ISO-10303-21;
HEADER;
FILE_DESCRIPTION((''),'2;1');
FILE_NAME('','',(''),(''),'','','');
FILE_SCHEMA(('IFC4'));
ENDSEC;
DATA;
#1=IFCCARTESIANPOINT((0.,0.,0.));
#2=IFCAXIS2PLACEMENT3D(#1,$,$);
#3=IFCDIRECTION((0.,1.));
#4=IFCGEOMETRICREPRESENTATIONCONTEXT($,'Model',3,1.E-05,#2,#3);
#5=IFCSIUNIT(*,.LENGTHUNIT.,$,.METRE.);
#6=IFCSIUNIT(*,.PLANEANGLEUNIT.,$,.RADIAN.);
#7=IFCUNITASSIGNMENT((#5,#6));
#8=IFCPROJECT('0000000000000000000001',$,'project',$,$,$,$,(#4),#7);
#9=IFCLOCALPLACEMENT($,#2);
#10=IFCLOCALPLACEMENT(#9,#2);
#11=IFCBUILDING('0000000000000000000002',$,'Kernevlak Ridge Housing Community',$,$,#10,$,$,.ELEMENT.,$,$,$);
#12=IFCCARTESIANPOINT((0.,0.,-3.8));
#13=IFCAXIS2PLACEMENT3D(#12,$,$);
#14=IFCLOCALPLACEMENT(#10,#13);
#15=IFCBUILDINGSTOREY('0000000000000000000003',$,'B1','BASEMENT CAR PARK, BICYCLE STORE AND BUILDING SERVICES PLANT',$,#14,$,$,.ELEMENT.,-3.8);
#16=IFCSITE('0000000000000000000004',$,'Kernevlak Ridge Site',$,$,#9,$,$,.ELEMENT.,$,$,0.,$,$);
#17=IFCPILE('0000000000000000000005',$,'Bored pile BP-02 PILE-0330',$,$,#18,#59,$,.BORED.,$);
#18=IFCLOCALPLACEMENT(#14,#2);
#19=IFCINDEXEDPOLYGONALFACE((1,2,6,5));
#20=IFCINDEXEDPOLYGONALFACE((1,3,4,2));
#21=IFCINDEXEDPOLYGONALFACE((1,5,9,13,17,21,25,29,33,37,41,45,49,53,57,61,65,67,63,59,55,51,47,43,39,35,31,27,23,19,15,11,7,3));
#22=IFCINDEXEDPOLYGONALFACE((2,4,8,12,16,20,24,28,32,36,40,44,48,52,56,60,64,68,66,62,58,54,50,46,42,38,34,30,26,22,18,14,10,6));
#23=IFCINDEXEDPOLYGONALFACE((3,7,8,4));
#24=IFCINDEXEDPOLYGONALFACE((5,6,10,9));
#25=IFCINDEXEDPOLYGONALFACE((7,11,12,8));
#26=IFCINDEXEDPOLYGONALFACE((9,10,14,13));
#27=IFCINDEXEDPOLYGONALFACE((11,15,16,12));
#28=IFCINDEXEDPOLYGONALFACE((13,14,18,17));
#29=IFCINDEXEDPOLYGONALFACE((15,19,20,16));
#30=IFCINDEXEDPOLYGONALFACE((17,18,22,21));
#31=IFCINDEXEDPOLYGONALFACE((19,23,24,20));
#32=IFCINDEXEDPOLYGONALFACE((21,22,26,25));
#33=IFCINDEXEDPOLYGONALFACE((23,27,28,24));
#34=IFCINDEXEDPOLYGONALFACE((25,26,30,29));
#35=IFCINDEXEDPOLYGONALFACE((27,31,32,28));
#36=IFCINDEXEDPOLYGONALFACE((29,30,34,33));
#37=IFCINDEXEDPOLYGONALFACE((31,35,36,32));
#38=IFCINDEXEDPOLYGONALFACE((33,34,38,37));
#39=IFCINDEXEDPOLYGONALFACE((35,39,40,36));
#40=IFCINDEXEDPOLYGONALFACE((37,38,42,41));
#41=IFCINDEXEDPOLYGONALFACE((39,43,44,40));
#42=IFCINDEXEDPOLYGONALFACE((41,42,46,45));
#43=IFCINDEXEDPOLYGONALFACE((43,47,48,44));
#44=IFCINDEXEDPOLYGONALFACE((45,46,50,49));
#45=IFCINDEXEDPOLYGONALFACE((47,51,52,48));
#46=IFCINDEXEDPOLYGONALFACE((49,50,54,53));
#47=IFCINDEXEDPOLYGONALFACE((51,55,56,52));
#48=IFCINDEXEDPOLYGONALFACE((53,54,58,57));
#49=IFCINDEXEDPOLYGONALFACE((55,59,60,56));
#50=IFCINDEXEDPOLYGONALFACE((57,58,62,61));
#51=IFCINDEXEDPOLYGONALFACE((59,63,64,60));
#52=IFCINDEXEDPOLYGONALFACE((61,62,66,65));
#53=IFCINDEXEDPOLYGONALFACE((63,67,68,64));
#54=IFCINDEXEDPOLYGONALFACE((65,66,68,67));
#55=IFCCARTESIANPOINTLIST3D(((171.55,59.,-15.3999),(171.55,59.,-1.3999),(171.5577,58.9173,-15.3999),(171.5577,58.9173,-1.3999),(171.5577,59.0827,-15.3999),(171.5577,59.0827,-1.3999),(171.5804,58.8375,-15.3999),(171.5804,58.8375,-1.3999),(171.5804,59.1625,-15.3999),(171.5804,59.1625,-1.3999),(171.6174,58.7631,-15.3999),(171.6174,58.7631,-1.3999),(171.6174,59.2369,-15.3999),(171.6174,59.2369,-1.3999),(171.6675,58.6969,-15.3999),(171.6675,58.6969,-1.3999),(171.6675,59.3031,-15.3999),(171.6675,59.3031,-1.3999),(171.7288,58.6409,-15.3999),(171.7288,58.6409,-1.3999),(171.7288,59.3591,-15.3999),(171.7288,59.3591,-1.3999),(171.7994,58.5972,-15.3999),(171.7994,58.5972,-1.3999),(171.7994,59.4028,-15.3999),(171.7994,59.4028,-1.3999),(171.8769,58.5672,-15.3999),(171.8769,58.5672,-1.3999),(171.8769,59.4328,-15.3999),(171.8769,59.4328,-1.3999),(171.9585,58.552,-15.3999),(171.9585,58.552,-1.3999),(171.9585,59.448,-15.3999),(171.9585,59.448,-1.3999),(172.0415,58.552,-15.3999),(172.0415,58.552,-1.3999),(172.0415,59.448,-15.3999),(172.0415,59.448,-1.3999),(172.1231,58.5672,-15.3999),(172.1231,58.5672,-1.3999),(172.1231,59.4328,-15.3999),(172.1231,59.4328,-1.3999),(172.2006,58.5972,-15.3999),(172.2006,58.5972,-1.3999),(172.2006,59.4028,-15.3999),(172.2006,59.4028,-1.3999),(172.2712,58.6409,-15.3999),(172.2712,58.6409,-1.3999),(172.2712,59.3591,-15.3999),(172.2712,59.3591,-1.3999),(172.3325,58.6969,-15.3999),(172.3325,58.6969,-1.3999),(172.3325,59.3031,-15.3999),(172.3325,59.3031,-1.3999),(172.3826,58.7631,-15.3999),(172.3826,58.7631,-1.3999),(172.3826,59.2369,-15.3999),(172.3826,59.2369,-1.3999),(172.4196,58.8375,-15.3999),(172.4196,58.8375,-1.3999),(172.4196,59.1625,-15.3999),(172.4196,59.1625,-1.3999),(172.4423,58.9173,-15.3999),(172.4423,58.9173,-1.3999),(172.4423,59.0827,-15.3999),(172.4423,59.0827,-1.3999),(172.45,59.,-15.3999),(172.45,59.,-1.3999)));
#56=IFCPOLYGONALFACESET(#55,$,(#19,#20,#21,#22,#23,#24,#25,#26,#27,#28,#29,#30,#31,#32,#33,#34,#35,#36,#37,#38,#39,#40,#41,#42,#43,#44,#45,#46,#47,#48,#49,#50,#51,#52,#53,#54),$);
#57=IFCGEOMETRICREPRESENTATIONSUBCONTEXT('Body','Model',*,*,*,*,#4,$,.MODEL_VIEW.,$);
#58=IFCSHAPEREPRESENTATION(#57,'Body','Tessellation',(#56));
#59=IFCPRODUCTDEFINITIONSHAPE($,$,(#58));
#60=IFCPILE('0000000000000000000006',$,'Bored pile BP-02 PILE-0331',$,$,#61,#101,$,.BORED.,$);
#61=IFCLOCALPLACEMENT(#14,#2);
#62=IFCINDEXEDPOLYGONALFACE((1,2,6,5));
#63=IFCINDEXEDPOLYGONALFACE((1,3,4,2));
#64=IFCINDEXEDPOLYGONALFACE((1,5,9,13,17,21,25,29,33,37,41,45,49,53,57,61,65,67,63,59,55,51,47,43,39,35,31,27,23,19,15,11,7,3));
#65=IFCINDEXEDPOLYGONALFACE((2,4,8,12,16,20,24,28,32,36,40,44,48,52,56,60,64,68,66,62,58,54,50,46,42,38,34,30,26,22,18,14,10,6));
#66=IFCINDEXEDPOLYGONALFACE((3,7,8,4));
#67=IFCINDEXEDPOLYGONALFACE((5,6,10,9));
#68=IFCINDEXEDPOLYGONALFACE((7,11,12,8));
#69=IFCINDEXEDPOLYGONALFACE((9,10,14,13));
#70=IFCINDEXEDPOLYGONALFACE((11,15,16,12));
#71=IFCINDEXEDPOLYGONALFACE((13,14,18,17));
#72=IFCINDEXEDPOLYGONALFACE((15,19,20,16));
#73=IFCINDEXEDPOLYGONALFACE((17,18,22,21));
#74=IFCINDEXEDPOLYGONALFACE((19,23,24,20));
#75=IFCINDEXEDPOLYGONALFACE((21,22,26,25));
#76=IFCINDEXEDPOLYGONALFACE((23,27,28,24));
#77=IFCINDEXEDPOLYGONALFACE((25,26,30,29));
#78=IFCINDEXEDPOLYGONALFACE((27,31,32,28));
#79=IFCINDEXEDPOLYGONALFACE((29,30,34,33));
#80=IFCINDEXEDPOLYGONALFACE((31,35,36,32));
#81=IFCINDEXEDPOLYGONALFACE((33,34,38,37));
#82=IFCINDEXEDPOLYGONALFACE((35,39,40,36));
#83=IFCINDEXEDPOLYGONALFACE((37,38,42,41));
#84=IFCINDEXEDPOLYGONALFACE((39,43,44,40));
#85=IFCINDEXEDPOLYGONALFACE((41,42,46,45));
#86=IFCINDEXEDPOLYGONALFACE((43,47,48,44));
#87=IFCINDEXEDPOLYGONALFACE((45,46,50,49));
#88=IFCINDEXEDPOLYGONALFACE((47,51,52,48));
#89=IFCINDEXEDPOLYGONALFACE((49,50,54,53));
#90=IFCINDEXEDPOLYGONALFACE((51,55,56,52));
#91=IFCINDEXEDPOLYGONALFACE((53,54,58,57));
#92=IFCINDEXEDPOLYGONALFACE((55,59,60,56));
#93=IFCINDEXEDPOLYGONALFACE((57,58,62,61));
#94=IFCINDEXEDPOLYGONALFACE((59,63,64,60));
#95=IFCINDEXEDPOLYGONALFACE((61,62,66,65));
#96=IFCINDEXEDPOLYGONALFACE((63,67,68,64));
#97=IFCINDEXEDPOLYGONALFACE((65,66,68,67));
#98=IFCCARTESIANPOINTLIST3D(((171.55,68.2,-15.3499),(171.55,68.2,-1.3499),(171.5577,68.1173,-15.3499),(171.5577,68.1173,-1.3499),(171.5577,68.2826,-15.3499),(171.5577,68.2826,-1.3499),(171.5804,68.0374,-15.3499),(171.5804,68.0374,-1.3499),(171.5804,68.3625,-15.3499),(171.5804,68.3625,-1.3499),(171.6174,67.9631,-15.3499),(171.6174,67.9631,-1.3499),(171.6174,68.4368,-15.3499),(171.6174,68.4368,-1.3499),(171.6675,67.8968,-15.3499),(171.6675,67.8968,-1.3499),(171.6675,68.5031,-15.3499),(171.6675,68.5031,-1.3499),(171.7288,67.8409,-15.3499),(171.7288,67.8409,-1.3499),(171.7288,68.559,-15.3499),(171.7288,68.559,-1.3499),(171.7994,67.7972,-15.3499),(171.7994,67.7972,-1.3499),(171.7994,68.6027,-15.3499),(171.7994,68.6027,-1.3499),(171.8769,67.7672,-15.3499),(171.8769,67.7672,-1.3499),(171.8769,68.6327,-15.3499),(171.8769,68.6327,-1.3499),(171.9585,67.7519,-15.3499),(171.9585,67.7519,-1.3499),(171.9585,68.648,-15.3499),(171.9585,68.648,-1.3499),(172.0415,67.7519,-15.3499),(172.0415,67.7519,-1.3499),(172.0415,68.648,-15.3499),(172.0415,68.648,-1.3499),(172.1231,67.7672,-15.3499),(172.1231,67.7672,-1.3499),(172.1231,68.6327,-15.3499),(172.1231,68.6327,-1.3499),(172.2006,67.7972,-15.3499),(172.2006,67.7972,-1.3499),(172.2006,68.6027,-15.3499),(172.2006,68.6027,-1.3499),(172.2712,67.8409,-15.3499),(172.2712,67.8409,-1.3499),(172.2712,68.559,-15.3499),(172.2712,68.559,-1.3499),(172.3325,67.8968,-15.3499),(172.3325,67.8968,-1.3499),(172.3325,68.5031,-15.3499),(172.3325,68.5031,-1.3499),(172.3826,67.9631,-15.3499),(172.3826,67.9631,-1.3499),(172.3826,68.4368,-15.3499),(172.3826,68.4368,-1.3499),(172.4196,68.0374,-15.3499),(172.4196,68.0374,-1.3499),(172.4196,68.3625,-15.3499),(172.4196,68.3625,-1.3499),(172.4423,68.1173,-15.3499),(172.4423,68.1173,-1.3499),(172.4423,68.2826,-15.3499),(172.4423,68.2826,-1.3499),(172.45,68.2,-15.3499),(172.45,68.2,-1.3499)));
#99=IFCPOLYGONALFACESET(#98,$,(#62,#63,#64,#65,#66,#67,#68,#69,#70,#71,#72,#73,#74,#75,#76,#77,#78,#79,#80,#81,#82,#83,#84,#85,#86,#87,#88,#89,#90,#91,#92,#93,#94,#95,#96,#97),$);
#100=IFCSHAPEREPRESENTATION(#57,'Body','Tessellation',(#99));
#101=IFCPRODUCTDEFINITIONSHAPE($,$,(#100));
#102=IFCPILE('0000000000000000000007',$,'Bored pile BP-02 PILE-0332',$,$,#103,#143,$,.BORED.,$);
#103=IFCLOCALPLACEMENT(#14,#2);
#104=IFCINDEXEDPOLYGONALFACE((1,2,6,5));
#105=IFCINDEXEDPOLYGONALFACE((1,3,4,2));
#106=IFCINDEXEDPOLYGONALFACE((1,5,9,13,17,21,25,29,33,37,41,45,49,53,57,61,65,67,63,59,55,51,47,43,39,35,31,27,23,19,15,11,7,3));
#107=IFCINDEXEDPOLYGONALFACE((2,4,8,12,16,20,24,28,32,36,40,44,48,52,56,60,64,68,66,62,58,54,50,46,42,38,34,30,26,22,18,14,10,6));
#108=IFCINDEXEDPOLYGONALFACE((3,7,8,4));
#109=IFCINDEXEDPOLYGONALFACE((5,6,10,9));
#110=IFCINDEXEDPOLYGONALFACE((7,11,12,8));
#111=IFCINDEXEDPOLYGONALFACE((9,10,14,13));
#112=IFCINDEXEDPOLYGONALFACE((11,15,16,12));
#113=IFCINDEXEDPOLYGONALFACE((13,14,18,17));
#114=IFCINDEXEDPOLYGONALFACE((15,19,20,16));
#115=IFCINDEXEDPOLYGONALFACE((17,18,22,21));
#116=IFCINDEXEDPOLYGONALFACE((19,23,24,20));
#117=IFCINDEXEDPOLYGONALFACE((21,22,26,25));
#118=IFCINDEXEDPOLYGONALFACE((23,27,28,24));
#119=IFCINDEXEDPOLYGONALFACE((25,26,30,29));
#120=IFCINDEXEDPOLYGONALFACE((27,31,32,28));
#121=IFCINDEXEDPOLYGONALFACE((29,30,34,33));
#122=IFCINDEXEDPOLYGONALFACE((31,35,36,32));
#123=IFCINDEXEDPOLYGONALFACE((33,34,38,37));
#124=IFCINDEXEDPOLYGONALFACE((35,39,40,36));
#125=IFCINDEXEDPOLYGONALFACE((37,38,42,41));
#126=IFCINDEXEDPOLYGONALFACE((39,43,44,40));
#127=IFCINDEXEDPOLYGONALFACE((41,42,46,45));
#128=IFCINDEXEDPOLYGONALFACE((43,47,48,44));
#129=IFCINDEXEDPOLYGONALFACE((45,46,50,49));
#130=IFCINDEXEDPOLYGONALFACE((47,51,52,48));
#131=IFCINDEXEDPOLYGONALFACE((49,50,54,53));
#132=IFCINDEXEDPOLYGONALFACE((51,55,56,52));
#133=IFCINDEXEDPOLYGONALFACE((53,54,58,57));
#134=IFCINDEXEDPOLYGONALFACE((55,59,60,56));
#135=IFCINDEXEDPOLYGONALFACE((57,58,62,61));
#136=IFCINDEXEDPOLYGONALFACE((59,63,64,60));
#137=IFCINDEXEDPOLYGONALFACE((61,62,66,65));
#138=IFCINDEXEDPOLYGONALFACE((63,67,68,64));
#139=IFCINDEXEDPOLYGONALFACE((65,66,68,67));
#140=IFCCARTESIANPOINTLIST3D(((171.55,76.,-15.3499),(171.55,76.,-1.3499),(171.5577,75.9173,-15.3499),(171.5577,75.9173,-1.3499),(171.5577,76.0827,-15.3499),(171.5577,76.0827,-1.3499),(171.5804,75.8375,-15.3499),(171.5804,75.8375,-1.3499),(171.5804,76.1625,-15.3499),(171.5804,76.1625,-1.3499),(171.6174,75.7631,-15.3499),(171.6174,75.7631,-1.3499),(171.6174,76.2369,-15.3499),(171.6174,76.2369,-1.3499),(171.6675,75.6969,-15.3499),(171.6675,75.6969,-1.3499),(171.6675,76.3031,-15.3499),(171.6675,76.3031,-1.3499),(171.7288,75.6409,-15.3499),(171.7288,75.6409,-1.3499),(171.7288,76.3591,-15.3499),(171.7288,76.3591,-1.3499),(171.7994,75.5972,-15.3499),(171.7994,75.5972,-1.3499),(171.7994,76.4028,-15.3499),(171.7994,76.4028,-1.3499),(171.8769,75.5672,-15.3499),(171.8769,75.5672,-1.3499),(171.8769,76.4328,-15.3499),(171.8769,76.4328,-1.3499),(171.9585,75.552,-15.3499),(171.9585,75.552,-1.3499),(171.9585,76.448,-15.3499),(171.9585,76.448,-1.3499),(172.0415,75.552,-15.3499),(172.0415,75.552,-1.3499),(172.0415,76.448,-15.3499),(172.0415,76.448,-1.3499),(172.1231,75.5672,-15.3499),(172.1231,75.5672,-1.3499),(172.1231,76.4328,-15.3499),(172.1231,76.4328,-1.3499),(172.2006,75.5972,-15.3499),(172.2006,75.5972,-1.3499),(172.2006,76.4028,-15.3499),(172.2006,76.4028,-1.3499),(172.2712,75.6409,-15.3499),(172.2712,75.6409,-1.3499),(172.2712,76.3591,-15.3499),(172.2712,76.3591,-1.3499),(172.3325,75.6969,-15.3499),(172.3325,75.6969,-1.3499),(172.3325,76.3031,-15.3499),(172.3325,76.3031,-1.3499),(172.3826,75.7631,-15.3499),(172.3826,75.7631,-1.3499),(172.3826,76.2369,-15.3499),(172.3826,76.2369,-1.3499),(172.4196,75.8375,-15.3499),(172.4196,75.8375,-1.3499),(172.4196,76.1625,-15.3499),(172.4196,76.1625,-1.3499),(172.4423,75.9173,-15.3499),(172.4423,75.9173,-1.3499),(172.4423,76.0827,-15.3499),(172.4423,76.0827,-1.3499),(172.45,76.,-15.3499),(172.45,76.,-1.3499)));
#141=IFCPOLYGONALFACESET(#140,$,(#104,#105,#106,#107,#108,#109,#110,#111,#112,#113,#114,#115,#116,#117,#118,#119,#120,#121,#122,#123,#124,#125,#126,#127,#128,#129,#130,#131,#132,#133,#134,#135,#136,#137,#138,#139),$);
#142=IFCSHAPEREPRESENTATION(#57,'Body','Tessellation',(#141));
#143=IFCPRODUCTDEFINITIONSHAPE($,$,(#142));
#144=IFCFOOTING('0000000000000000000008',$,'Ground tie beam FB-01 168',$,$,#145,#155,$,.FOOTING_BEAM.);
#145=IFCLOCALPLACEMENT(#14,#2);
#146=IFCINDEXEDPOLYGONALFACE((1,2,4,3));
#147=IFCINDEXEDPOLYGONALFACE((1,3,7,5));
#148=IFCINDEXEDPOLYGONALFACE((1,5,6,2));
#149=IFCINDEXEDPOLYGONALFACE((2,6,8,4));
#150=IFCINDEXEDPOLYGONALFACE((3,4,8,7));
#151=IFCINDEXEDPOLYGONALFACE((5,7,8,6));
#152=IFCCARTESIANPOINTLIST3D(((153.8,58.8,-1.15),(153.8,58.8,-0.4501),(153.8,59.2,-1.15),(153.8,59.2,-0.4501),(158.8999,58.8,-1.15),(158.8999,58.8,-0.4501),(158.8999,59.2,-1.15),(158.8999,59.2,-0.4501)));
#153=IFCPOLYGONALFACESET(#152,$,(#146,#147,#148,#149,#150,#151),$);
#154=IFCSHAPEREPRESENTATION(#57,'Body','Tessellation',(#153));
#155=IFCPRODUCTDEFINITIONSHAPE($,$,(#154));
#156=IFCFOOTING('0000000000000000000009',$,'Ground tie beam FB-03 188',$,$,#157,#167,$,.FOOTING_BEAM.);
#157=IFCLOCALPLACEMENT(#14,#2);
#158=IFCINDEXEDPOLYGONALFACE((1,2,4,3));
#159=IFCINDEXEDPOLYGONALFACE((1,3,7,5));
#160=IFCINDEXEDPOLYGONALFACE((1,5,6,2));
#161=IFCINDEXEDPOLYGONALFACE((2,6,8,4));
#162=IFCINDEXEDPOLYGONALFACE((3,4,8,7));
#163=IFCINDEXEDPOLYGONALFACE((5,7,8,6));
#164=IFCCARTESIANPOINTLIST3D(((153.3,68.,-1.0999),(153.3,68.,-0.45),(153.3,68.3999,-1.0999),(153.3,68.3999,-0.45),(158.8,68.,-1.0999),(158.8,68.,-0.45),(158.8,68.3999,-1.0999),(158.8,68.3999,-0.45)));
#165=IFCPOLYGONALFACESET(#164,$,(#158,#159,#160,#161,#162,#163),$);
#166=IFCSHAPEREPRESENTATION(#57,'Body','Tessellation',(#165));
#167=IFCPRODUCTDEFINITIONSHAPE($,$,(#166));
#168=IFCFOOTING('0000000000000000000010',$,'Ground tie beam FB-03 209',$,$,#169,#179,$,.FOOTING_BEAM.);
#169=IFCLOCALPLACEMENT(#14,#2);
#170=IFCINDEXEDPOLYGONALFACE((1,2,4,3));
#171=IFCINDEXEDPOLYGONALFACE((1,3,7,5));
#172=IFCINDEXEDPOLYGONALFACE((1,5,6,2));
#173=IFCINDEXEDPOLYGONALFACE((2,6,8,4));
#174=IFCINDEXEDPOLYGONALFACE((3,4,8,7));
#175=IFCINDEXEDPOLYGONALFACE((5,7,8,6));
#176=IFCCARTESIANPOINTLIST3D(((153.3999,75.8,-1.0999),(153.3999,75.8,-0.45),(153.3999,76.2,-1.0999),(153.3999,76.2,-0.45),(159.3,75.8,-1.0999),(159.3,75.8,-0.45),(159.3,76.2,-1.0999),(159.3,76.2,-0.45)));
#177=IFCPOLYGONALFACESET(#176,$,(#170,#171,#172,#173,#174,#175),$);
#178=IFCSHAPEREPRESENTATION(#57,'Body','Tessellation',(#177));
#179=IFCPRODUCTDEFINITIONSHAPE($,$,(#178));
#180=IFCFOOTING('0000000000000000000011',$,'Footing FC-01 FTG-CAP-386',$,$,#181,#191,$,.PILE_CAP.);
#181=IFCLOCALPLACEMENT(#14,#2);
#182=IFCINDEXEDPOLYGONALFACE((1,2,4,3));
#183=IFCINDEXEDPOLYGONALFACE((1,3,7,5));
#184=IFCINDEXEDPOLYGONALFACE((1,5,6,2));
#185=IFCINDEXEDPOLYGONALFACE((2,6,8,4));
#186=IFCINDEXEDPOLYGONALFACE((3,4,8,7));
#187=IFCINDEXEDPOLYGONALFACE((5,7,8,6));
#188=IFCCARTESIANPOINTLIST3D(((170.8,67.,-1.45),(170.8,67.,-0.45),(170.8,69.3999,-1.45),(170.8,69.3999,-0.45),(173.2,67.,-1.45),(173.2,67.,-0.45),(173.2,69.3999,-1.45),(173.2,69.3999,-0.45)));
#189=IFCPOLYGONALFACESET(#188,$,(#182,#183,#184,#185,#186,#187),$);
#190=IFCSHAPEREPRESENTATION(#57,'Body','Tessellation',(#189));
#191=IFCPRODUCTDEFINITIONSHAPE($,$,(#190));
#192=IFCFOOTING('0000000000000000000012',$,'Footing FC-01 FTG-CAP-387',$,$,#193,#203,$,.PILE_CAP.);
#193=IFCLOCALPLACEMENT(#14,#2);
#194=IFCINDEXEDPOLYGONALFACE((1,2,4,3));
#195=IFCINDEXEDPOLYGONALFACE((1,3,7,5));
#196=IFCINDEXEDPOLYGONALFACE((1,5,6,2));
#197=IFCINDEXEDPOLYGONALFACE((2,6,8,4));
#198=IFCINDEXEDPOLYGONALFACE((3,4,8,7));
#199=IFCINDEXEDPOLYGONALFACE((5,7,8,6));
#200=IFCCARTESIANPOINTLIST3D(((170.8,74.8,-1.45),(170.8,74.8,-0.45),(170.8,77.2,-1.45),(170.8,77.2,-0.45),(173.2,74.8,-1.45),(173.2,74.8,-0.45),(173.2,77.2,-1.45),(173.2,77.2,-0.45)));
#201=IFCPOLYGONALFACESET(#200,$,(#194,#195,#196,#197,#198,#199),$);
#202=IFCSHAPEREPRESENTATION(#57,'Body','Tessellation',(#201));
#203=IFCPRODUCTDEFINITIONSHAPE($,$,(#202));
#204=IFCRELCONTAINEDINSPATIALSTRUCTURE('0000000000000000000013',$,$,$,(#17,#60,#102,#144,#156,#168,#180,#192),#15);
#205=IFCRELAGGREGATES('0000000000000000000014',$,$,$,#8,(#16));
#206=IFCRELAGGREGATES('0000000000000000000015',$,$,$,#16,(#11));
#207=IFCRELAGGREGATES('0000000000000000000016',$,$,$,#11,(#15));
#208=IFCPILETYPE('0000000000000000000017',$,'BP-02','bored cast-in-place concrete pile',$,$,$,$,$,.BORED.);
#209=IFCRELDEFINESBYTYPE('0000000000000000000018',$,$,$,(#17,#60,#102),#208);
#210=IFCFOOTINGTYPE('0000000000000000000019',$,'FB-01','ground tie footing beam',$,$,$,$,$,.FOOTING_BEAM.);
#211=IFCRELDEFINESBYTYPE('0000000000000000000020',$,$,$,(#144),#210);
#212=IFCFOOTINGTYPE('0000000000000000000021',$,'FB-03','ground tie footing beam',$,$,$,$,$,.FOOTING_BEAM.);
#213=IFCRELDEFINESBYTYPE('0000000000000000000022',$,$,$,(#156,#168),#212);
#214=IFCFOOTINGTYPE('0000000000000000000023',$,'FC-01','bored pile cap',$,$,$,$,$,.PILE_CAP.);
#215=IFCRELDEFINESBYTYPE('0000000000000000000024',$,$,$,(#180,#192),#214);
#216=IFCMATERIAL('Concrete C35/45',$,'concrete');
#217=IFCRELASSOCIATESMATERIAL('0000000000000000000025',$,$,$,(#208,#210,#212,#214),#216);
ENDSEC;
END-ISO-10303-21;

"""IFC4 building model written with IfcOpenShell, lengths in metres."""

from ifc_helpers import new_model, si_unit, direction, frame, origin, origin_2d, place, context, subcontext, project, spatial, rectangle, circle, extrude, material, material_profile, profile_set, type_object, element, save


model = new_model("IFC4")

# Units and contexts
model_context = context("Model", 3, precision=1e-05, world=origin(), true_north=direction((0.0, 1.0)))
body_context = subcontext(model_context, "Body", "Model", "MODEL_VIEW")
ifc_project = project(units=[si_unit("LENGTHUNIT", "METRE"), si_unit("PLANEANGLEUNIT", "RADIAN")], contexts=[model_context])

# Site, building, storey
site_placement = place(None, origin())
site = spatial("IfcSite", under=ifc_project, at=site_placement, Name="Kernevlak Ridge Site", CompositionType="ELEMENT", RefElevation=0.0)
building_placement = place(site_placement, origin())
building = spatial("IfcBuilding", under=site, at=building_placement, Name="Kernevlak Ridge Housing Community", CompositionType="ELEMENT")
storey_placement = place(building_placement, frame((0.0, 0.0, -3.8)))
storey = spatial("IfcBuildingStorey", under=building, at=storey_placement, Name="B1", Description="BASEMENT CAR PARK, BICYCLE STORE AND BUILDING SERVICES PLANT", CompositionType="ELEMENT", Elevation=-3.8)

# Piles
ifc_material_1 = material(Name="Concrete C35/45", Category="concrete")
ifc_material_profile_1 = material_profile(ifc_material_1, circle(Radius=0.45, at=origin_2d()), Name="BORED PILE 900")
ifc_profile_set_1 = profile_set([ifc_material_profile_1], Name="Concrete C35/45")
pile_type = type_object("IfcPileType", Name="BP-02", Description="bored cast-in-place concrete pile", PredefinedType="BORED", material=ifc_profile_set_1)
for number, where, z_axis, x_axis, name in (
    (1, (172.0, 59.0, -1.3999), (0.0, 0.0, -1.0), (1.0, 0.0, 0.0), "Bored pile BP-02 PILE-0330"),
    (2, (172.0, 68.2, -1.3499), (0.0, 0.0, -1.0), (1.0, 0.0, 0.0), "Bored pile BP-02 PILE-0331"),
    (3, (172.0, 76.0, -1.3499), (0.0, 0.0, -1.0), (1.0, 0.0, 0.0), "Bored pile BP-02 PILE-0332"),
):
    element("IfcPile", number, at=place(storey_placement, frame(where, z_axis=z_axis, x_axis=x_axis)), inside=storey, type_object=pile_type, Name=name, PredefinedType="BORED", context=body_context, shape_type="SweptSolid", body=[
        extrude(circle(Radius=0.45, at=origin_2d()), origin(), (0.0, 0.0, 1.0), 14.0),
    ])

# Footings
ifc_material_profile_2 = material_profile(ifc_material_1, rectangle(XDim=0.3999, YDim=0.7, at=origin_2d()), Name="RC 400x700")
ifc_profile_set_2 = profile_set([ifc_material_profile_2], Name="Concrete C35/45")
footing_type_1 = type_object("IfcFootingType", Name="FB-01", Description="ground tie footing beam", PredefinedType="FOOTING_BEAM", material=ifc_profile_set_2)
footing_1_placement = place(storey_placement, frame((153.8, 59.0, -0.8), z_axis=(1.0, 0.0, 0.0), x_axis=(0.0, 1.0, 0.0)))
element("IfcFooting", 4, at=footing_1_placement, inside=storey, type_object=footing_type_1, Name="Ground tie beam FB-01 168", PredefinedType="FOOTING_BEAM", context=body_context, shape_type="SweptSolid", body=[
    extrude(rectangle(XDim=0.3999, YDim=0.7, at=origin_2d()), origin(), (0.0, 0.0, 1.0), 5.0999),
])
ifc_material_profile_3 = material_profile(ifc_material_1, rectangle(XDim=0.3999, YDim=0.6499, at=origin_2d()), Name="RC 400x650")
ifc_profile_set_3 = profile_set([ifc_material_profile_3], Name="Concrete C35/45")
footing_type_2 = type_object("IfcFootingType", Name="FB-03", Description="ground tie footing beam", PredefinedType="FOOTING_BEAM", material=ifc_profile_set_3)
footing_2_placement = place(storey_placement, frame((153.3, 68.2, -0.7749), z_axis=(1.0, 0.0, 0.0), x_axis=(0.0, 1.0, 0.0)))
element("IfcFooting", 5, at=footing_2_placement, inside=storey, type_object=footing_type_2, Name="Ground tie beam FB-03 188", PredefinedType="FOOTING_BEAM", context=body_context, shape_type="SweptSolid", body=[
    extrude(rectangle(XDim=0.3999, YDim=0.6499, at=origin_2d()), origin(), (0.0, 0.0, 1.0), 5.5),
])
footing_3_placement = place(storey_placement, frame((153.3999, 76.0, -0.7749), z_axis=(1.0, 0.0, 0.0), x_axis=(0.0, 1.0, 0.0)))
element("IfcFooting", 6, at=footing_3_placement, inside=storey, type_object=footing_type_2, Name="Ground tie beam FB-03 209", PredefinedType="FOOTING_BEAM", context=body_context, shape_type="SweptSolid", body=[
    extrude(rectangle(XDim=0.3999, YDim=0.6499, at=origin_2d()), origin(), (0.0, 0.0, 1.0), 5.9001),
])
footing_type_3 = type_object("IfcFootingType", Name="FC-01", Description="bored pile cap", PredefinedType="PILE_CAP", material=ifc_material_1)
for number, where, z_axis, x_axis, name in (
    (7, (172.0, 68.2, -1.45), (0.0, 0.0, 1.0), (1.0, 0.0, 0.0), "Footing FC-01 FTG-CAP-386"),
    (8, (172.0, 76.0, -1.45), (0.0, 0.0, 1.0), (1.0, 0.0, 0.0), "Footing FC-01 FTG-CAP-387"),
):
    element("IfcFooting", number, at=place(storey_placement, frame(where, z_axis=z_axis, x_axis=x_axis)), inside=storey, type_object=footing_type_3, Name=name, PredefinedType="PILE_CAP", context=body_context, shape_type="SweptSolid", body=[
        extrude(rectangle(XDim=2.3999, YDim=2.3999, at=origin_2d()), origin(), (0.0, 0.0, 1.0), 1.0),
    ])

save(model, "model.ifc")
